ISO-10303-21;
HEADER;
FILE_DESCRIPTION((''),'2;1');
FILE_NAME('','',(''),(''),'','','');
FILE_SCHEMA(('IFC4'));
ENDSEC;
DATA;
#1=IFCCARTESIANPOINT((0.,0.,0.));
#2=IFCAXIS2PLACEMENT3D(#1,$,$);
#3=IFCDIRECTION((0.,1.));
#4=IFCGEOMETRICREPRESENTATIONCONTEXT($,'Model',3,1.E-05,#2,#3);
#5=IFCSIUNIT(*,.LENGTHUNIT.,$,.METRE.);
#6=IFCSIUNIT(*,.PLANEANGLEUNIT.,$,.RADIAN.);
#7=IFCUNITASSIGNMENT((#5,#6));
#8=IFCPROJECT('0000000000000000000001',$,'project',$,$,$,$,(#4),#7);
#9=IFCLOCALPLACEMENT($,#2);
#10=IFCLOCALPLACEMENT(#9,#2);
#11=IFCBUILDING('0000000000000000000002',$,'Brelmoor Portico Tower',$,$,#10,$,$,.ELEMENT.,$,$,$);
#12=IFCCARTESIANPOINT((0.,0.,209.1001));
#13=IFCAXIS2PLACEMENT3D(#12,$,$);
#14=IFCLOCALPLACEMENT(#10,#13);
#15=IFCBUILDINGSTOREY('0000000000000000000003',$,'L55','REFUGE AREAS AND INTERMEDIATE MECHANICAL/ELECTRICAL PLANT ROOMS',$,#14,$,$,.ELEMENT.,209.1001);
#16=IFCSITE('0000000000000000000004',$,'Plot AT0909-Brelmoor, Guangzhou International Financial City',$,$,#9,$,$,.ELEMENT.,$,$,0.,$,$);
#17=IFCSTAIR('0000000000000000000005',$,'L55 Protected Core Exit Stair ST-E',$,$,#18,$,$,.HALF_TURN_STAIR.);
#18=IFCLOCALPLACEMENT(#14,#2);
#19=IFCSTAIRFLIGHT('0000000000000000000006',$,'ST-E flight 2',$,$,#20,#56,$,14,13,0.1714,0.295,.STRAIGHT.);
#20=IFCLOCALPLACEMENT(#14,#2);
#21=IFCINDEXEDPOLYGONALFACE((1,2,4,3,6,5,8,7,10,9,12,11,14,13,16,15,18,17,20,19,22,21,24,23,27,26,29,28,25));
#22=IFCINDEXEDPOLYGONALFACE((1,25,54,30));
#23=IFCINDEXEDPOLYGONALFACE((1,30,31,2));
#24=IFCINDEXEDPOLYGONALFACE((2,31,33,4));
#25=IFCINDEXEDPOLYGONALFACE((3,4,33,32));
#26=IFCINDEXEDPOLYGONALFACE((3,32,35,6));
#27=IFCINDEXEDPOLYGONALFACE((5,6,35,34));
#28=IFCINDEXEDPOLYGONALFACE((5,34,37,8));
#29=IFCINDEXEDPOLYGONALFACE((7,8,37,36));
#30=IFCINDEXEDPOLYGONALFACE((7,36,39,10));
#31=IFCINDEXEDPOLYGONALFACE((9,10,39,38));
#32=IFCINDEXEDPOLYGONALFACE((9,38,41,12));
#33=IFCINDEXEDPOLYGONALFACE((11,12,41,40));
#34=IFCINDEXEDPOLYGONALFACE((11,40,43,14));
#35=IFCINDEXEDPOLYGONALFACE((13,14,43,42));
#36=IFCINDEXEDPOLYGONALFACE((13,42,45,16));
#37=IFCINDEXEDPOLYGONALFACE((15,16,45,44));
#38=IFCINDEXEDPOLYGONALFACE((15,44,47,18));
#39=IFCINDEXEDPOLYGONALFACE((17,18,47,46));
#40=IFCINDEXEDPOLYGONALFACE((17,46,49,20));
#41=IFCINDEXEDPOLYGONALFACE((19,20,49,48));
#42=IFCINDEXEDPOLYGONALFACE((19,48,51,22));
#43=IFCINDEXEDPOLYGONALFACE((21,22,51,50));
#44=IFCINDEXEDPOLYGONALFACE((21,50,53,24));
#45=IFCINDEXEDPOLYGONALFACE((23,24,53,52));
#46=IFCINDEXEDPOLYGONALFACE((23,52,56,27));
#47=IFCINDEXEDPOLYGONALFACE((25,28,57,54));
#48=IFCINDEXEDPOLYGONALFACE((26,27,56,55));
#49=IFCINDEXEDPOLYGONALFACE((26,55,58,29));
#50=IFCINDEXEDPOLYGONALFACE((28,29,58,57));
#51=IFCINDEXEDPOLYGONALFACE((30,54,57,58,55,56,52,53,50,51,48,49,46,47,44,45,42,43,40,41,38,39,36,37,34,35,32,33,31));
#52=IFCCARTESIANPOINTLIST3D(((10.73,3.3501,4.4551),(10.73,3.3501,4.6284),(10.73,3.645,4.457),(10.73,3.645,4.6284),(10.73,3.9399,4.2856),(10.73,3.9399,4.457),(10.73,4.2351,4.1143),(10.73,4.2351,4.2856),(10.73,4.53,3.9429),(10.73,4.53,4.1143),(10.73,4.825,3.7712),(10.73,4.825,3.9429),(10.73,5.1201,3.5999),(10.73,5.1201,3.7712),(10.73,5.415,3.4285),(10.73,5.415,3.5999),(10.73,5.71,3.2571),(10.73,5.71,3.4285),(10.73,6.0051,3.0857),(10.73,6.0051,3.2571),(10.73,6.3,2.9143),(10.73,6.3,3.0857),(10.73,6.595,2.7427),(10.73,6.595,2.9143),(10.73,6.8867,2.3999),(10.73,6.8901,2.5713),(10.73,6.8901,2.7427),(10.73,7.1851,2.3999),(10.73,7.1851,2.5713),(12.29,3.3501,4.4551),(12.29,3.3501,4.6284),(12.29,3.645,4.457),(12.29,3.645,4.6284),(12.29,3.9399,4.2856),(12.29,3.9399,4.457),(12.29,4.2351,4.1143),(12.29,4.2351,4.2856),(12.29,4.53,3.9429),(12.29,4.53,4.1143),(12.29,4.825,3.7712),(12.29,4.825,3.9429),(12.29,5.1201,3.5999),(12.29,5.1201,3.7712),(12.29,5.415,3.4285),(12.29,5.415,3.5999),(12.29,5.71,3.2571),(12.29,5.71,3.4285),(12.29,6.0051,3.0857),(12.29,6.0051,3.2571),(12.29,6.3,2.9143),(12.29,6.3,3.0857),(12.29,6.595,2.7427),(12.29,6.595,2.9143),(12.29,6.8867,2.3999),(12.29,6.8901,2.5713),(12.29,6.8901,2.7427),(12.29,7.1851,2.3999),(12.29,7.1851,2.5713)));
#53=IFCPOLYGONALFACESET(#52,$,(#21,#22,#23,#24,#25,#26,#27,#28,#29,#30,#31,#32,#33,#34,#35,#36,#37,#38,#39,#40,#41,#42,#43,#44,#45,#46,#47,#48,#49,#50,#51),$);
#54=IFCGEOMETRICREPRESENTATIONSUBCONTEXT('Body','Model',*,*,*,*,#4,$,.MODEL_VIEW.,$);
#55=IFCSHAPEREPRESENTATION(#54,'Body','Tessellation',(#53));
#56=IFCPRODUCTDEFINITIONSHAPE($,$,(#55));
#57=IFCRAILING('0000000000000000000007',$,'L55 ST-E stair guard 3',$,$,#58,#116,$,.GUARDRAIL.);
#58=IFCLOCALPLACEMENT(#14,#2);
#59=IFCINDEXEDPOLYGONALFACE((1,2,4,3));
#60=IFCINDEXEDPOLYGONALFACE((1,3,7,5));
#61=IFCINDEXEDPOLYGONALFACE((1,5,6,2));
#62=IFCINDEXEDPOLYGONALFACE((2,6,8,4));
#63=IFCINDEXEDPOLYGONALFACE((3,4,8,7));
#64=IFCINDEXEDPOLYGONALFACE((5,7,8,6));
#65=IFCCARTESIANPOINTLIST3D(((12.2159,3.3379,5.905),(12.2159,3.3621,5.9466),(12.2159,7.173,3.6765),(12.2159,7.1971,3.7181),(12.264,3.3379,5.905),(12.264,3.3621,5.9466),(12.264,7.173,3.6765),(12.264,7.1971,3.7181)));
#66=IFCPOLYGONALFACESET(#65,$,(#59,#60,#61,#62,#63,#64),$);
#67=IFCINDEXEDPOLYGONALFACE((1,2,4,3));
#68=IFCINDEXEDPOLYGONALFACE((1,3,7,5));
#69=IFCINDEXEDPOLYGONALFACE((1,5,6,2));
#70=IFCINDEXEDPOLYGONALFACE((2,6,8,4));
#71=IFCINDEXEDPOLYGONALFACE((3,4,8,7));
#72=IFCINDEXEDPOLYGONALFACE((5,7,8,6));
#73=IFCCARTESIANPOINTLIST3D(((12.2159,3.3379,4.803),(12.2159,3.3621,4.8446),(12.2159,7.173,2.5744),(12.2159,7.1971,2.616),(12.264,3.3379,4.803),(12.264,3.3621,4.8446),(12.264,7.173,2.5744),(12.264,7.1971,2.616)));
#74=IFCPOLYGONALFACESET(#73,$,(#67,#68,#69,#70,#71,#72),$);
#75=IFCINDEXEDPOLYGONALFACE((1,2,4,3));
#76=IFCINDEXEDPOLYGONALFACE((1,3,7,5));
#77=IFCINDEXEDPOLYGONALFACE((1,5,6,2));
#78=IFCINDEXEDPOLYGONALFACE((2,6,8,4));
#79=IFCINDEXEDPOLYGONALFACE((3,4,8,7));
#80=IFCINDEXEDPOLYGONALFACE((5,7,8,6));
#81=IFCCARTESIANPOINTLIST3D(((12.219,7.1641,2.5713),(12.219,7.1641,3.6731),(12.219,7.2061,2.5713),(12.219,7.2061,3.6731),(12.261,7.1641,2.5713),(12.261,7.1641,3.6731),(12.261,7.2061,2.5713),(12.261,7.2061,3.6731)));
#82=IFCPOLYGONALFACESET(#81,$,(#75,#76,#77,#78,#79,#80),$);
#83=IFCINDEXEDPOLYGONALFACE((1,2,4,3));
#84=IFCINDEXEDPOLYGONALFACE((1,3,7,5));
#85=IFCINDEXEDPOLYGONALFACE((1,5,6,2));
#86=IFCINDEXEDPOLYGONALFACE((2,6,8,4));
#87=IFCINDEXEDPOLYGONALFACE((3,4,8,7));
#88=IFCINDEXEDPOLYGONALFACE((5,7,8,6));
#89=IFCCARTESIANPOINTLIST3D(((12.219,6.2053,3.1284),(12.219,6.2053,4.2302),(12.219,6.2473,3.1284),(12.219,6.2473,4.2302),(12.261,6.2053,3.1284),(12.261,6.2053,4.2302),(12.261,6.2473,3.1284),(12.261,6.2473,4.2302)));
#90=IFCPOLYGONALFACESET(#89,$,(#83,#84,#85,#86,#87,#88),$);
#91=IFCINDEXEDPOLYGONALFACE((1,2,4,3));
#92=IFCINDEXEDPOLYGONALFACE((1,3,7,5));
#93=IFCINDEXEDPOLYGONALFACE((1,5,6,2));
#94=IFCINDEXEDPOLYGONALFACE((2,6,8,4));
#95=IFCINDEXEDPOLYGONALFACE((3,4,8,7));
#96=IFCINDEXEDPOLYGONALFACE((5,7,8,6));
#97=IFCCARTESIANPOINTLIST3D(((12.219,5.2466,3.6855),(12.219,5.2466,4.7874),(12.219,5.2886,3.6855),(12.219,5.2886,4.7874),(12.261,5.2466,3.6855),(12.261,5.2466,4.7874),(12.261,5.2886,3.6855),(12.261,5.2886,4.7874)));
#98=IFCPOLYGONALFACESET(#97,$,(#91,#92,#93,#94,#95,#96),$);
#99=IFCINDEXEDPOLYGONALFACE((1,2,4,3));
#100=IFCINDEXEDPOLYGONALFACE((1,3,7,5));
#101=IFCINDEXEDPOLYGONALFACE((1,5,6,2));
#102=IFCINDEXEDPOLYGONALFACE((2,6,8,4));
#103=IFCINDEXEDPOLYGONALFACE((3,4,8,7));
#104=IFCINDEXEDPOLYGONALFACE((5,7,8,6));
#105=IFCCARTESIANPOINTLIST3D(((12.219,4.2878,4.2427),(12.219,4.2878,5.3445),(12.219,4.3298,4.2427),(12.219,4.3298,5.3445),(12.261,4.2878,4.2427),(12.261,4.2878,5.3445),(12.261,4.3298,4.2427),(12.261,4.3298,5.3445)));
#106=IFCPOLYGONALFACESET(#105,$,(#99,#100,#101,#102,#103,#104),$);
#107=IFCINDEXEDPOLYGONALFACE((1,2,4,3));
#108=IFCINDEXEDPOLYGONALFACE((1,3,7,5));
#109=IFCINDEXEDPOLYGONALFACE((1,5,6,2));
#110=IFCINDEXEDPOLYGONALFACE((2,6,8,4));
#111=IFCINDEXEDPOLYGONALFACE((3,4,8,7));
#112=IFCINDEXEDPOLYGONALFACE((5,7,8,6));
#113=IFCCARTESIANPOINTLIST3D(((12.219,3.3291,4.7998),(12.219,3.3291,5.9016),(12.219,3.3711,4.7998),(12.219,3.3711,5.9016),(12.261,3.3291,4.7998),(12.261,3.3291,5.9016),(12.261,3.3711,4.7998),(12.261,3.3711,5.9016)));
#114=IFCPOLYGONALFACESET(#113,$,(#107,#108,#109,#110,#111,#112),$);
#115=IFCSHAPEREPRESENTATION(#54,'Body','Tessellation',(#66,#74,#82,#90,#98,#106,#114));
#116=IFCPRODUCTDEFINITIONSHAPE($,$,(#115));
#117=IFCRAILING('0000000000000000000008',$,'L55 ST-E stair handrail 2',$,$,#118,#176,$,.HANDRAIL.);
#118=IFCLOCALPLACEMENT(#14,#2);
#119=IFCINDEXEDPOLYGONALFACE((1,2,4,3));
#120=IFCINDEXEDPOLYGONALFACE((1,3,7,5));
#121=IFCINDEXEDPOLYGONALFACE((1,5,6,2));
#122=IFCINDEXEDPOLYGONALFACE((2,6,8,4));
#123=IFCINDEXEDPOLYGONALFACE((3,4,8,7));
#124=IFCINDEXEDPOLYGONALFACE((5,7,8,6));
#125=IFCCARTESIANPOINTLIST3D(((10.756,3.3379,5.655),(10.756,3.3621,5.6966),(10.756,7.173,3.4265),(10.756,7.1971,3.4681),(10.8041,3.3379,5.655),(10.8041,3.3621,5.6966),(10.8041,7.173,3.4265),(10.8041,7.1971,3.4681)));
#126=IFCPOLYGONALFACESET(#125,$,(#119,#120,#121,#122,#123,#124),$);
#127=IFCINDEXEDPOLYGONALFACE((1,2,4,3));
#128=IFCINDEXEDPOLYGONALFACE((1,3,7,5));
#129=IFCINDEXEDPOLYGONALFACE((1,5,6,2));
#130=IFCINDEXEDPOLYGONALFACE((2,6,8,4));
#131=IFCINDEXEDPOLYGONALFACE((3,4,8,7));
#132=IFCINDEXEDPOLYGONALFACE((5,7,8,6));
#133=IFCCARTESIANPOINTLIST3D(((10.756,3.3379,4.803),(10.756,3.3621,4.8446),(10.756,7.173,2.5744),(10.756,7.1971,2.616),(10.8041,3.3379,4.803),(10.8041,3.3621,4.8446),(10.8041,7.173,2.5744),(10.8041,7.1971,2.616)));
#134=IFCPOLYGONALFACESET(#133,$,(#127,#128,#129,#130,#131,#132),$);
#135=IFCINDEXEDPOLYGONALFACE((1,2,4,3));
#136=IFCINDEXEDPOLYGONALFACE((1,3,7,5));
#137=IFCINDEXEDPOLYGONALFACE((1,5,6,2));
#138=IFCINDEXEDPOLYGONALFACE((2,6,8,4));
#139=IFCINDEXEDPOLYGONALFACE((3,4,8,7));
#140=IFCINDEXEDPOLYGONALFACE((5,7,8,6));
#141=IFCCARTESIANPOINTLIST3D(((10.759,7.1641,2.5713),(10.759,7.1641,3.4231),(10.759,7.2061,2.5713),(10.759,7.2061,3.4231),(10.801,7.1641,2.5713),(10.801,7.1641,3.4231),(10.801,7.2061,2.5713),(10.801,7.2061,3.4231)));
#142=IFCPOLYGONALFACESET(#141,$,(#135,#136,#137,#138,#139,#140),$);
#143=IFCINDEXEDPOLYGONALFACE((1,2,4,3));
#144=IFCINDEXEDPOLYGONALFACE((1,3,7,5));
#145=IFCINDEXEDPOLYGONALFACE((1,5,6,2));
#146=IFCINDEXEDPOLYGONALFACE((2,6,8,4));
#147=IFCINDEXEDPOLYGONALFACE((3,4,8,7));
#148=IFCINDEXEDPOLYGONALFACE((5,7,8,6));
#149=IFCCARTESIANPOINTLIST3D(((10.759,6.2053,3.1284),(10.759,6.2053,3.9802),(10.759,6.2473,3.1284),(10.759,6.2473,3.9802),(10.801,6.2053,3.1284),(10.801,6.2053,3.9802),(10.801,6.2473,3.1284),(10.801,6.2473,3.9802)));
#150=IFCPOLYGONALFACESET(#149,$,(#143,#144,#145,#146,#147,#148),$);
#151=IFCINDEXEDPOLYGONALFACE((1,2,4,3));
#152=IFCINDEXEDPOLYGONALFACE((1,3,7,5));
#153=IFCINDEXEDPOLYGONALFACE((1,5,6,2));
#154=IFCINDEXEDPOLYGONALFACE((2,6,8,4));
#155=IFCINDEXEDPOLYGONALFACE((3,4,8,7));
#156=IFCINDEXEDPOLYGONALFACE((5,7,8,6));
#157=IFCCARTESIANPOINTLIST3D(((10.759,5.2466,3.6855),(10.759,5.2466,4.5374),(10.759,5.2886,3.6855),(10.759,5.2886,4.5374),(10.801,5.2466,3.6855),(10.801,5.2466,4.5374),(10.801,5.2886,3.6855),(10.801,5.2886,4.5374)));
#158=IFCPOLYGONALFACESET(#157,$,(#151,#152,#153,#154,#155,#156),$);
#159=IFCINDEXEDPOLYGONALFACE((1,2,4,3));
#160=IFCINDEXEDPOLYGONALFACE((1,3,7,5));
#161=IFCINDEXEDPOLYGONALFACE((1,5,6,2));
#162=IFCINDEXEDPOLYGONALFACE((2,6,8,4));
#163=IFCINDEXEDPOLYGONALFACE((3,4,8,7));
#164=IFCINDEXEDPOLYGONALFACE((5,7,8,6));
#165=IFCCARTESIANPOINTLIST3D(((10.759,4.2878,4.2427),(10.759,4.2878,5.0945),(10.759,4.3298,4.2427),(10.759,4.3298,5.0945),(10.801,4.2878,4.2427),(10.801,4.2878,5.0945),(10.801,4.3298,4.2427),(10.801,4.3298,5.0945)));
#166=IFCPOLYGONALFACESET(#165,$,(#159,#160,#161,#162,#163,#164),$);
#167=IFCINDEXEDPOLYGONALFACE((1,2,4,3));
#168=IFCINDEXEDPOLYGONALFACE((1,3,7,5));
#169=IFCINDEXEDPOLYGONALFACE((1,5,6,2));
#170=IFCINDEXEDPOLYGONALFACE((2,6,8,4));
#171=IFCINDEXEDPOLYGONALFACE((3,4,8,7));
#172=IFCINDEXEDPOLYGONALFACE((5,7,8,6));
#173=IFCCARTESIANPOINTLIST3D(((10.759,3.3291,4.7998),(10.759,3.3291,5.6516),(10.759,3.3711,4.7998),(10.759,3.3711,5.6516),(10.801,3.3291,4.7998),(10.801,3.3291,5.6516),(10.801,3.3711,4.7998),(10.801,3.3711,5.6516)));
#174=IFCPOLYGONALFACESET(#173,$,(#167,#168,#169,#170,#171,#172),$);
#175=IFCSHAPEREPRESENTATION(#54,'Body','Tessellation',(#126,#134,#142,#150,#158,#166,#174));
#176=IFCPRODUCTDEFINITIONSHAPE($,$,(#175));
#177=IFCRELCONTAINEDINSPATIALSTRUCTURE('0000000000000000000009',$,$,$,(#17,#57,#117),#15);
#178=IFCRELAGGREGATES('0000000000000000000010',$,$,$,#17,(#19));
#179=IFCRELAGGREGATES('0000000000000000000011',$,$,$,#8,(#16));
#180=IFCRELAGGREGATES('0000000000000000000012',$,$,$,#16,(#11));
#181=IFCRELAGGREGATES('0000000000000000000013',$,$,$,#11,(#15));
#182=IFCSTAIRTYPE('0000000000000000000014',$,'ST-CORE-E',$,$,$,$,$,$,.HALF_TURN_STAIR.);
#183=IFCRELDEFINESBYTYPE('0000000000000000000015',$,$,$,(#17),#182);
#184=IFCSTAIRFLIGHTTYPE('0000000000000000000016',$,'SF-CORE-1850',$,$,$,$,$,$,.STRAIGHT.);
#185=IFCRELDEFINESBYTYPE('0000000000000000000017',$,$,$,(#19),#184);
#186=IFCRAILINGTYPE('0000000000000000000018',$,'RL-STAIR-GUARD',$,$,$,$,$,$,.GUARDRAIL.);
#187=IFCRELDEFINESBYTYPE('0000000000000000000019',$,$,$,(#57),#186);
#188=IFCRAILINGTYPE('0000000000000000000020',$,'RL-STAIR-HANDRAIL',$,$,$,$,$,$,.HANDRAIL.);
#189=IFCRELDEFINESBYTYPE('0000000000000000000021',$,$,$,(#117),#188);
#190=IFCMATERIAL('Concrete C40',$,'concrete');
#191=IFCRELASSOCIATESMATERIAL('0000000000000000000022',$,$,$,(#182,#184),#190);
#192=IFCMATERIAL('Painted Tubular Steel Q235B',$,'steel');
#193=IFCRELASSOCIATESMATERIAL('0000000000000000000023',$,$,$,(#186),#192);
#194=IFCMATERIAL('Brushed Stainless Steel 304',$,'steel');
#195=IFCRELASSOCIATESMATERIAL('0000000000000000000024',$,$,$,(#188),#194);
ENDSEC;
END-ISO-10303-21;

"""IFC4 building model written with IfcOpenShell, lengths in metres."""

from ifc_helpers import new_model, si_unit, direction, frame, origin, origin_2d, place, context, subcontext, project, spatial, polyline, rectangle, outline, extrude, material, type_object, element, aggregate, save


model = new_model("IFC4")

# Units and contexts
model_context = context("Model", 3, precision=1e-05, world=origin(), true_north=direction((0.0, 1.0)))
body_context = subcontext(model_context, "Body", "Model", "MODEL_VIEW")
ifc_project = project(units=[si_unit("LENGTHUNIT", "METRE"), si_unit("PLANEANGLEUNIT", "RADIAN")], contexts=[model_context])

# Site, building, storey
site_placement = place(None, origin())
site = spatial("IfcSite", under=ifc_project, at=site_placement, Name="Plot AT0909-Brelmoor, Guangzhou International Financial City", CompositionType="ELEMENT", RefElevation=0.0)
building_placement = place(site_placement, origin())
building = spatial("IfcBuilding", under=site, at=building_placement, Name="Brelmoor Portico Tower", CompositionType="ELEMENT")
storey_placement = place(building_placement, frame((0.0, 0.0, 209.1001)))
storey = spatial("IfcBuildingStorey", under=building, at=storey_placement, Name="L55", Description="REFUGE AREAS AND INTERMEDIATE MECHANICAL/ELECTRICAL PLANT ROOMS", CompositionType="ELEMENT", Elevation=209.1001)

# Shared definitions
ifc_material_1 = material(Name="Concrete C40", Category="concrete")

# Stair
stair_type_1 = type_object("IfcStairType", Name="ST-CORE-E", PredefinedType="HALF_TURN_STAIR", material=ifc_material_1)
stair_1_placement = place(storey_placement, origin())
stair_1 = element("IfcStair", 1, at=stair_1_placement, inside=storey, type_object=stair_type_1, Name="L55 Protected Core Exit Stair ST-E", PredefinedType="HALF_TURN_STAIR")

# Stair flight
stair_flight_type = type_object("IfcStairFlightType", Name="SF-CORE-1850", PredefinedType="STRAIGHT", material=ifc_material_1)
stair_flight_placement = place(storey_placement, frame((11.51, 7.1851, 2.3999), z_axis=(0.0, 0.0, 1.0), x_axis=(0.0, -1.0, 0.0)))
stair_flight = element("IfcStairFlight", 2, at=stair_flight_placement, type_object=stair_flight_type, Name="ST-E flight 2", NumberOfRisers=14, NumberOfTreads=13, PredefinedType="STRAIGHT", RiserHeight=0.1714, TreadLength=0.295, context=body_context, shape_type="SweptSolid", body=[
    extrude(outline(polyline([(0.0, 0.0), (0.0, 0.1714), (0.2949, 0.1714), (0.2949, 0.3428), (0.5901, 0.3428), (0.5901, 0.5144), (0.885, 0.5144), (0.885, 0.6858), (1.1799, 0.6858), (1.1799, 0.8572), (1.4751, 0.8572), (1.4751, 1.0286), (1.77, 1.0286), (1.77, 1.2), (2.0649, 1.2), (2.0649, 1.3713), (2.3601, 1.3713), (2.3601, 1.543), (2.655, 1.543), (2.655, 1.7144), (2.95, 1.7144), (2.95, 1.8857), (3.2451, 1.8857), (3.2451, 2.0571), (3.54, 2.0571), (3.54, 2.2285), (3.835, 2.2285), (3.835, 2.3999), (3.835, 2.0552), (0.2983, 0.0), (0.0, 0.0)])), frame((0.0, 0.78, 0.0), z_axis=(0.0, -1.0, 0.0), x_axis=(1.0, 0.0, 0.0)), (0.0, 0.0, 1.0), 1.5601),
])
aggregate(stair_1, [stair_flight])

# Railings
ifc_material_2 = material(Name="Painted Tubular Steel Q235B", Category="steel")
railing_type_1 = type_object("IfcRailingType", Name="RL-STAIR-GUARD", PredefinedType="GUARDRAIL", material=ifc_material_2)
railing_1_placement = place(storey_placement, frame((12.24, 7.1851, 2.5713)))
element("IfcRailing", 3, at=railing_1_placement, inside=storey, type_object=railing_type_1, Name="L55 ST-E stair guard 3", PredefinedType="GUARDRAIL", context=body_context, shape_type="SweptSolid", body=[
    extrude(rectangle(XDim=0.0481, YDim=0.0481, at=origin_2d()), frame((0.0, 0.0, 1.126), z_axis=(0.0, -0.864616, 0.502433), x_axis=(1.0, 0.0, 0.0)), (0.0, 0.0, 1.0), 4.4355),
    extrude(rectangle(XDim=0.0481, YDim=0.0481, at=origin_2d()), frame((0.0, 0.0, 0.0239), z_axis=(0.0, -0.864616, 0.502433), x_axis=(1.0, 0.0, 0.0)), (0.0, 0.0, 1.0), 4.4355),
    extrude(rectangle(XDim=0.042, YDim=0.042, at=origin_2d()), origin(), (0.0, 0.0, 1.0), 1.1018),
    extrude(rectangle(XDim=0.042, YDim=0.042, at=origin_2d()), frame((0.0, -0.9587, 0.5571)), (0.0, 0.0, 1.0), 1.1018),
    extrude(rectangle(XDim=0.042, YDim=0.042, at=origin_2d()), frame((0.0, -1.9175, 1.1143)), (0.0, 0.0, 1.0), 1.1018),
    extrude(rectangle(XDim=0.042, YDim=0.042, at=origin_2d()), frame((0.0, -2.8762, 1.6714)), (0.0, 0.0, 1.0), 1.1018),
    extrude(rectangle(XDim=0.042, YDim=0.042, at=origin_2d()), frame((0.0, -3.835, 2.2285)), (0.0, 0.0, 1.0), 1.1018),
])
ifc_material_3 = material(Name="Brushed Stainless Steel 304", Category="steel")
railing_type_2 = type_object("IfcRailingType", Name="RL-STAIR-HANDRAIL", PredefinedType="HANDRAIL", material=ifc_material_3)
railing_2_placement = place(storey_placement, frame((10.78, 7.1851, 2.5713)))
element("IfcRailing", 4, at=railing_2_placement, inside=storey, type_object=railing_type_2, Name="L55 ST-E stair handrail 2", PredefinedType="HANDRAIL", context=body_context, shape_type="SweptSolid", body=[
    extrude(rectangle(XDim=0.0481, YDim=0.0481, at=origin_2d()), frame((0.0, 0.0, 0.876), z_axis=(0.0, -0.864616, 0.502433), x_axis=(1.0, 0.0, 0.0)), (0.0, 0.0, 1.0), 4.4355),
    extrude(rectangle(XDim=0.0481, YDim=0.0481, at=origin_2d()), frame((0.0, 0.0, 0.0239), z_axis=(0.0, -0.864616, 0.502433), x_axis=(1.0, 0.0, 0.0)), (0.0, 0.0, 1.0), 4.4355),
    extrude(rectangle(XDim=0.042, YDim=0.042, at=origin_2d()), origin(), (0.0, 0.0, 1.0), 0.8518),
    extrude(rectangle(XDim=0.042, YDim=0.042, at=origin_2d()), frame((0.0, -0.9587, 0.5571)), (0.0, 0.0, 1.0), 0.8518),
    extrude(rectangle(XDim=0.042, YDim=0.042, at=origin_2d()), frame((0.0, -1.9175, 1.1143)), (0.0, 0.0, 1.0), 0.8518),
    extrude(rectangle(XDim=0.042, YDim=0.042, at=origin_2d()), frame((0.0, -2.8762, 1.6714)), (0.0, 0.0, 1.0), 0.8518),
    extrude(rectangle(XDim=0.042, YDim=0.042, at=origin_2d()), frame((0.0, -3.835, 2.2285)), (0.0, 0.0, 1.0), 0.8518),
])

save(model, "model.ifc")
